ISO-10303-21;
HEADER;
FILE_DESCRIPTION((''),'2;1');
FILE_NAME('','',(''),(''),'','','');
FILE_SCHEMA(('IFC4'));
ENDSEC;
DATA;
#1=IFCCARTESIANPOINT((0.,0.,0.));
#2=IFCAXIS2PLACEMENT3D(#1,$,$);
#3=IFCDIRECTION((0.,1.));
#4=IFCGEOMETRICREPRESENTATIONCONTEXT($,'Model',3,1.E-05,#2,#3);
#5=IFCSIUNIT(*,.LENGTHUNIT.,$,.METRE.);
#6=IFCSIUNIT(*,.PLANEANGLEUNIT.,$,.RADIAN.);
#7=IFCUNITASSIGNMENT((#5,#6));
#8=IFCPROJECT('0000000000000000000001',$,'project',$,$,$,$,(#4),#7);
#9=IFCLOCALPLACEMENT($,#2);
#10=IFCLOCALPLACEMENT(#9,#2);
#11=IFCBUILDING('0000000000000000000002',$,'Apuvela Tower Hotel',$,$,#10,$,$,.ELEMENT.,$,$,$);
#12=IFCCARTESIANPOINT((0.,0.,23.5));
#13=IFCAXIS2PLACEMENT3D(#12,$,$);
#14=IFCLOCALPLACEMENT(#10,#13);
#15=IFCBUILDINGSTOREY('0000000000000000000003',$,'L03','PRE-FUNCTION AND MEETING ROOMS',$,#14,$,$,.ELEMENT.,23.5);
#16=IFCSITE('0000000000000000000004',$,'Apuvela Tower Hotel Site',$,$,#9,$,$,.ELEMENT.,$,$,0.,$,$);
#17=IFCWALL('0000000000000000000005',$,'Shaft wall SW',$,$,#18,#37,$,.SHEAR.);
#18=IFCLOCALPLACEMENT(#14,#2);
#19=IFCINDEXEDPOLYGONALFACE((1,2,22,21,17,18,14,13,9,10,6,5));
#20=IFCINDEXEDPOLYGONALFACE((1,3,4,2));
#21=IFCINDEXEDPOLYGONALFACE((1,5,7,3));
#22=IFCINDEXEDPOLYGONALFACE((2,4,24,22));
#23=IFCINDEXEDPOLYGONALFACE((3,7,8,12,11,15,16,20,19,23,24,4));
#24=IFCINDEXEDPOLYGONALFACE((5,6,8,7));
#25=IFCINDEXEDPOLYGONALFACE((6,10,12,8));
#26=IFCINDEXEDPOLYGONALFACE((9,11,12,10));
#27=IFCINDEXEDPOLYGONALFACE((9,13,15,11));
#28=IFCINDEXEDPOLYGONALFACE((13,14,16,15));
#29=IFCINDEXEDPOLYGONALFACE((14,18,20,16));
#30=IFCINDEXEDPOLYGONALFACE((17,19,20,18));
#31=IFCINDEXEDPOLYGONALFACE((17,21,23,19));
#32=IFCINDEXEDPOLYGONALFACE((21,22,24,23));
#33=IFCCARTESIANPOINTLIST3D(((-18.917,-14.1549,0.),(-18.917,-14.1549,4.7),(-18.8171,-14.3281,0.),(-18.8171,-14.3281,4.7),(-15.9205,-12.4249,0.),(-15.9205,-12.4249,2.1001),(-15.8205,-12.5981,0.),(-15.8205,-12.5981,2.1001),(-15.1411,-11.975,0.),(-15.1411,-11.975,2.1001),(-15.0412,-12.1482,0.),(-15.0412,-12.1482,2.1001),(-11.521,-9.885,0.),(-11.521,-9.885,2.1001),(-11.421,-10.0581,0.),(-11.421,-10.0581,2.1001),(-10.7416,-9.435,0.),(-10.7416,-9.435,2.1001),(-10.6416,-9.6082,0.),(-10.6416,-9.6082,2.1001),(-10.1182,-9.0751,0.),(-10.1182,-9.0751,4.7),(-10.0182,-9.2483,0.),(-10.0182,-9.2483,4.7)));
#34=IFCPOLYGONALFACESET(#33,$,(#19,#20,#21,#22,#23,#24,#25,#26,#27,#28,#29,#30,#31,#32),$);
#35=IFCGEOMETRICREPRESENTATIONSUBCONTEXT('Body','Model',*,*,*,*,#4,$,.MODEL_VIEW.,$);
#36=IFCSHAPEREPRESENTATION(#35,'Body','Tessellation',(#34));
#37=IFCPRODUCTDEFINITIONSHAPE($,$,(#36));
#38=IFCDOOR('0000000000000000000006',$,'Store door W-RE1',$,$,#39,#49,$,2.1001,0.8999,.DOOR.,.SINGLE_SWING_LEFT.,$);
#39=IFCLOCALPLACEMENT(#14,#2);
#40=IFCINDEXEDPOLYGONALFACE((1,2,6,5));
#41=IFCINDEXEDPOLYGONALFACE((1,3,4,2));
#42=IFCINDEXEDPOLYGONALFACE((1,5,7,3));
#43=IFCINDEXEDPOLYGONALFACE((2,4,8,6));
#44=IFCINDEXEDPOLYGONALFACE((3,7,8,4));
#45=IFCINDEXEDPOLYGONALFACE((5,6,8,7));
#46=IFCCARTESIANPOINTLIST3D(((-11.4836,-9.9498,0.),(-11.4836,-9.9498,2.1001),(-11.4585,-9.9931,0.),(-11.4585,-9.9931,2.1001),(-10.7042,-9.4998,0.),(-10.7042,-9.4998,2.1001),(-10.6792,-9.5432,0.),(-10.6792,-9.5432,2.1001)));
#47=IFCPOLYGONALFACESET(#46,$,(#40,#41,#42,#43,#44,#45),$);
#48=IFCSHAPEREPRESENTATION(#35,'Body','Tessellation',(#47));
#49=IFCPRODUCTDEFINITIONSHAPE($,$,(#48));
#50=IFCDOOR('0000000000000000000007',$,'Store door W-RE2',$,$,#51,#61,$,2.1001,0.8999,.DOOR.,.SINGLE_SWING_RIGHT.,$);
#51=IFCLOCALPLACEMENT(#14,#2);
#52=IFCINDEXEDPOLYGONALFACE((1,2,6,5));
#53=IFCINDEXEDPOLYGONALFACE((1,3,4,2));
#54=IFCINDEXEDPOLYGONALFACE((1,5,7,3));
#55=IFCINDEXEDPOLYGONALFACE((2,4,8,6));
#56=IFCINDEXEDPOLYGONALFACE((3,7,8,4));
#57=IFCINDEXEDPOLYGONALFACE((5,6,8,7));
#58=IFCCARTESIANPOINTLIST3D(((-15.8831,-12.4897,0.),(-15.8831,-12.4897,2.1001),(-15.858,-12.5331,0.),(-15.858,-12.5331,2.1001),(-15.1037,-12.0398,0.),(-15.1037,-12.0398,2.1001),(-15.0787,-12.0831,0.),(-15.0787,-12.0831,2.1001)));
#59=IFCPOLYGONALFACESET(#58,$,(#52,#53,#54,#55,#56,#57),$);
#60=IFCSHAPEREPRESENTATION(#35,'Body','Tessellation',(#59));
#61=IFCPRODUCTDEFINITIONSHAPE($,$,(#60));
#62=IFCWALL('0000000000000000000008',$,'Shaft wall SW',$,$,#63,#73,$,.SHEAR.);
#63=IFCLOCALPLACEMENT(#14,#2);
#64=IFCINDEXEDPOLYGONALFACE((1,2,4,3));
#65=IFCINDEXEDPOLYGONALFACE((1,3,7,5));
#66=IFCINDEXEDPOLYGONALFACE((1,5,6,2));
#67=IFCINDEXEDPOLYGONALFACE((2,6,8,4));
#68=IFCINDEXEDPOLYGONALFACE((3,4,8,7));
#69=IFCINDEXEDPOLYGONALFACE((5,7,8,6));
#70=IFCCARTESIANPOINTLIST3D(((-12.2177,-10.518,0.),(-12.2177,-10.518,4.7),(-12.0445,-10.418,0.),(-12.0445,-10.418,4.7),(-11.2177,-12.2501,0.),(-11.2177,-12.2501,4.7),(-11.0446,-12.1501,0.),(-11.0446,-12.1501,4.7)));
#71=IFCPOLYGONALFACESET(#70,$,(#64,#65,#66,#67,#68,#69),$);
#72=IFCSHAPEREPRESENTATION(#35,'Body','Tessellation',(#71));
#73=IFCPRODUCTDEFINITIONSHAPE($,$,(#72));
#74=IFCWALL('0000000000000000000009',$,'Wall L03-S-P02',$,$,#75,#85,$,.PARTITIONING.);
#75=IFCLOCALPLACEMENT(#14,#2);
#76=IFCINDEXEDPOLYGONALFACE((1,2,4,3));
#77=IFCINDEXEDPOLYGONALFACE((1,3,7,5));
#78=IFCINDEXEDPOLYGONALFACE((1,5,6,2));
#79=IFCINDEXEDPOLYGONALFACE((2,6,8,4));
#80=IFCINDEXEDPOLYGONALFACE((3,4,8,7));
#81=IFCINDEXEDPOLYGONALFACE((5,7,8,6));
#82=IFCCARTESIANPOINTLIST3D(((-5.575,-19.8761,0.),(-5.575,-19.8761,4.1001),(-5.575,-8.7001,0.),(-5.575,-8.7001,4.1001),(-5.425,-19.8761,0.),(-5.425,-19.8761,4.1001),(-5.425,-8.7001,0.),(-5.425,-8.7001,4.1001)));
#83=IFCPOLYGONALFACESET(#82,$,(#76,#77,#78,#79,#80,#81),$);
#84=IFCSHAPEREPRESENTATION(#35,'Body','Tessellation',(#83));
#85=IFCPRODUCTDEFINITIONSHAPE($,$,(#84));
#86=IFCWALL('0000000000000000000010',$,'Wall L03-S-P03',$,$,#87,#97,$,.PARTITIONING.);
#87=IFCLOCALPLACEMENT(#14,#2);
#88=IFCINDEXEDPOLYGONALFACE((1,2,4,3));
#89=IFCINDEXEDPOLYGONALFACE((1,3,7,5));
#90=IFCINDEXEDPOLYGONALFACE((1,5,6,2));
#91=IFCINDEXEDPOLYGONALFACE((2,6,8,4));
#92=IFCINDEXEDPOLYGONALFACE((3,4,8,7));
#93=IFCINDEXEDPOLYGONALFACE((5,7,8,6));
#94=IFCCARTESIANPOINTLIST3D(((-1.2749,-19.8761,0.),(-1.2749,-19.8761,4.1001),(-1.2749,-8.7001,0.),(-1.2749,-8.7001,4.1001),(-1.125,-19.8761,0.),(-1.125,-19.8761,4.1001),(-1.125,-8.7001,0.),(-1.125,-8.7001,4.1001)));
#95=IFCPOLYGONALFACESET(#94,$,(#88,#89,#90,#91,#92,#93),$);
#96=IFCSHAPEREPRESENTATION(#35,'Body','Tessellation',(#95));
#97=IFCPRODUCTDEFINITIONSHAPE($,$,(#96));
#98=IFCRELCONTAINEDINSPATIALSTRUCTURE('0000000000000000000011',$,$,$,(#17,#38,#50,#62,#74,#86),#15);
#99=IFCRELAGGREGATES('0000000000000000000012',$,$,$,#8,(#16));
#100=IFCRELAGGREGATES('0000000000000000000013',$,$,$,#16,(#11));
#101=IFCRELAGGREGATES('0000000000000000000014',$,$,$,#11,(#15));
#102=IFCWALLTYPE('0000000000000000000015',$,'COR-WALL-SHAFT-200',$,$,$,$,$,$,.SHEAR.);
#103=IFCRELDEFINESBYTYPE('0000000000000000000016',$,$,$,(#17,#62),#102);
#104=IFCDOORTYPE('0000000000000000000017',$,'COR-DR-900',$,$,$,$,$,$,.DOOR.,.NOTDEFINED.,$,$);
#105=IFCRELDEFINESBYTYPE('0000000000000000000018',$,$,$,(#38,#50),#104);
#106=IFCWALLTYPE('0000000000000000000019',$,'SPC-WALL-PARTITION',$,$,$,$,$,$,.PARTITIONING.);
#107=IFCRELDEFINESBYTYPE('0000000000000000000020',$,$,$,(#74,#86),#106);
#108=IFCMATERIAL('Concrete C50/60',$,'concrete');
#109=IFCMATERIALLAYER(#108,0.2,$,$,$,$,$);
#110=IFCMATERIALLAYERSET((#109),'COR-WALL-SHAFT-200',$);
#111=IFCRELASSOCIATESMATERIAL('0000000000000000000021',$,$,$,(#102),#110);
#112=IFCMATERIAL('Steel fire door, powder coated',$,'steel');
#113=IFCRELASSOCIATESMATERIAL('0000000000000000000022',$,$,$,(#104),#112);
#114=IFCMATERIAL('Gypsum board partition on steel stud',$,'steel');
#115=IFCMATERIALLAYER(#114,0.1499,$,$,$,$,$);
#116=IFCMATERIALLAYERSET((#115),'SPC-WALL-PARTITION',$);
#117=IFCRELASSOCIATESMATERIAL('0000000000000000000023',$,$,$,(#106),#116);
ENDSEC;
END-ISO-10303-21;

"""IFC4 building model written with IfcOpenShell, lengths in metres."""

from ifc_helpers import new_model, si_unit, direction, frame, frame_2d, origin, place, context, subcontext, project, spatial, rectangle, extrude, material, layer, layer_set, type_object, element, fill, save


model = new_model("IFC4")

# Units and contexts
model_context = context("Model", 3, precision=1e-05, world=origin(), true_north=direction((0.0, 1.0)))
body_context = subcontext(model_context, "Body", "Model", "MODEL_VIEW")
ifc_project = project(units=[si_unit("LENGTHUNIT", "METRE"), si_unit("PLANEANGLEUNIT", "RADIAN")], contexts=[model_context])

# Site, building, storey
site_placement = place(None, origin())
site = spatial("IfcSite", under=ifc_project, at=site_placement, Name="Apuvela Tower Hotel Site", CompositionType="ELEMENT", RefElevation=0.0)
building_placement = place(site_placement, origin())
building = spatial("IfcBuilding", under=site, at=building_placement, Name="Apuvela Tower Hotel", CompositionType="ELEMENT")
storey_placement = place(building_placement, frame((0.0, 0.0, 23.5)))
storey = spatial("IfcBuildingStorey", under=building, at=storey_placement, Name="L03", Description="PRE-FUNCTION AND MEETING ROOMS", CompositionType="ELEMENT", Elevation=23.5)

# Shared definitions
ifc_material_1 = material(Name="Concrete C50/60", Category="concrete")

# Wall, openings, doors
ifc_layer_1 = layer(ifc_material_1, 0.2)
ifc_layer_set_1 = layer_set([ifc_layer_1], Name="COR-WALL-SHAFT-200")
wall_type_1 = type_object("IfcWallType", Name="COR-WALL-SHAFT-200", PredefinedType="SHEAR", material=ifc_layer_set_1)
wall_1_placement = place(storey_placement, frame((-10.0681, -9.1616, 0.0), z_axis=(0.0, 0.0, 1.0), x_axis=(-0.866033, -0.499987, 0.0)))
wall_1 = element("IfcWall", 1, at=wall_1_placement, inside=storey, type_object=wall_type_1, Name="Shaft wall SW", PredefinedType="SHEAR", context=body_context, shape_type="SweptSolid", body=[
    extrude(rectangle(XDim=10.1599, YDim=0.2, at=frame_2d((5.0801, 0.0))), origin(), (0.0, 0.0, 1.0), 4.7),
])
opening_1_placement = place(wall_1_placement, frame((0.72, 0.0, 0.0)))
opening_1 = element("IfcOpeningElement", 2, at=opening_1_placement, cuts=wall_1, PredefinedType="OPENING", context=body_context, shape_type="SweptSolid", body=[
    extrude(rectangle(XDim=0.8999, YDim=2.1001, at=frame_2d((0.45, 1.05))), frame((0.0, 0.1099, 0.0), z_axis=(0.0, -1.0, 0.0), x_axis=(1.0, 0.0, 0.0)), (0.0, 0.0, 1.0), 0.22),
])
opening_2_placement = place(wall_1_placement, frame((5.8, 0.0, 0.0)))
opening_2 = element("IfcOpeningElement", 3, at=opening_2_placement, cuts=wall_1, PredefinedType="OPENING", context=body_context, shape_type="SweptSolid", body=[
    extrude(rectangle(XDim=0.8999, YDim=2.1001, at=frame_2d((0.45, 1.05))), frame((0.0, 0.1099, 0.0), z_axis=(0.0, -1.0, 0.0), x_axis=(1.0, 0.0, 0.0)), (0.0, 0.0, 1.0), 0.22),
])
ifc_material_2 = material(Name="Steel fire door, powder coated", Category="steel")
door_type = type_object("IfcDoorType", Name="COR-DR-900", OperationType="NOTDEFINED", PredefinedType="DOOR", material=ifc_material_2)
door_1_placement = place(opening_1_placement, origin())
door_1 = element("IfcDoor", 4, at=door_1_placement, inside=storey, type_object=door_type, Name="Store door W-RE1", OperationType="SINGLE_SWING_LEFT", OverallHeight=2.1001, OverallWidth=0.8999, PredefinedType="DOOR", context=body_context, shape_type="SweptSolid", body=[
    extrude(rectangle(XDim=0.8999, YDim=2.1001, at=frame_2d((0.45, 1.05))), frame((0.0, 0.0249, 0.0), z_axis=(0.0, -1.0, 0.0), x_axis=(1.0, 0.0, 0.0)), (0.0, 0.0, 1.0), 0.05),
])
fill(opening_1, door_1)
door_2_placement = place(opening_2_placement, origin())
door_2 = element("IfcDoor", 5, at=door_2_placement, inside=storey, type_object=door_type, Name="Store door W-RE2", OperationType="SINGLE_SWING_RIGHT", OverallHeight=2.1001, OverallWidth=0.8999, PredefinedType="DOOR", context=body_context, shape_type="SweptSolid", body=[
    extrude(rectangle(XDim=0.8999, YDim=2.1001, at=frame_2d((0.45, 1.05))), frame((0.0, 0.0249, 0.0), z_axis=(0.0, -1.0, 0.0), x_axis=(1.0, 0.0, 0.0)), (0.0, 0.0, 1.0), 0.05),
])
fill(opening_2, door_2)

# Walls
wall_2_placement = place(storey_placement, frame((-12.1311, -10.468, 0.0), z_axis=(0.0, 0.0, 1.0), x_axis=(0.499973, -0.866041, 0.0)))
element("IfcWall", 6, at=wall_2_placement, inside=storey, type_object=wall_type_1, Name="Shaft wall SW", PredefinedType="SHEAR", context=body_context, shape_type="SweptSolid", body=[
    extrude(rectangle(XDim=2.0, YDim=0.2, at=frame_2d((1.0, 0.0))), origin(), (0.0, 0.0, 1.0), 4.7),
])
ifc_material_3 = material(Name="Gypsum board partition on steel stud", Category="steel")
ifc_layer_2 = layer(ifc_material_3, 0.1499)
ifc_layer_set_2 = layer_set([ifc_layer_2], Name="SPC-WALL-PARTITION")
wall_type_2 = type_object("IfcWallType", Name="SPC-WALL-PARTITION", PredefinedType="PARTITIONING", material=ifc_layer_set_2)
for number, where, z_axis, x_axis, name in (
    (7, (-5.5, -19.876, 0.0), (0.0, 0.0, 1.0), (0.0, 1.0, 0.0), "Wall L03-S-P02"),
    (8, (-1.2, -19.876, 0.0), (0.0, 0.0, 1.0), (0.0, 1.0, 0.0), "Wall L03-S-P03"),
):
    element("IfcWall", number, at=place(storey_placement, frame(where, z_axis=z_axis, x_axis=x_axis)), inside=storey, type_object=wall_type_2, Name=name, PredefinedType="PARTITIONING", context=body_context, shape_type="SweptSolid", body=[
        extrude(rectangle(XDim=11.176, YDim=0.1499, at=frame_2d((5.5879, 0.0))), origin(), (0.0, 0.0, 1.0), 4.1001),
    ])

save(model, "model.ifc")
